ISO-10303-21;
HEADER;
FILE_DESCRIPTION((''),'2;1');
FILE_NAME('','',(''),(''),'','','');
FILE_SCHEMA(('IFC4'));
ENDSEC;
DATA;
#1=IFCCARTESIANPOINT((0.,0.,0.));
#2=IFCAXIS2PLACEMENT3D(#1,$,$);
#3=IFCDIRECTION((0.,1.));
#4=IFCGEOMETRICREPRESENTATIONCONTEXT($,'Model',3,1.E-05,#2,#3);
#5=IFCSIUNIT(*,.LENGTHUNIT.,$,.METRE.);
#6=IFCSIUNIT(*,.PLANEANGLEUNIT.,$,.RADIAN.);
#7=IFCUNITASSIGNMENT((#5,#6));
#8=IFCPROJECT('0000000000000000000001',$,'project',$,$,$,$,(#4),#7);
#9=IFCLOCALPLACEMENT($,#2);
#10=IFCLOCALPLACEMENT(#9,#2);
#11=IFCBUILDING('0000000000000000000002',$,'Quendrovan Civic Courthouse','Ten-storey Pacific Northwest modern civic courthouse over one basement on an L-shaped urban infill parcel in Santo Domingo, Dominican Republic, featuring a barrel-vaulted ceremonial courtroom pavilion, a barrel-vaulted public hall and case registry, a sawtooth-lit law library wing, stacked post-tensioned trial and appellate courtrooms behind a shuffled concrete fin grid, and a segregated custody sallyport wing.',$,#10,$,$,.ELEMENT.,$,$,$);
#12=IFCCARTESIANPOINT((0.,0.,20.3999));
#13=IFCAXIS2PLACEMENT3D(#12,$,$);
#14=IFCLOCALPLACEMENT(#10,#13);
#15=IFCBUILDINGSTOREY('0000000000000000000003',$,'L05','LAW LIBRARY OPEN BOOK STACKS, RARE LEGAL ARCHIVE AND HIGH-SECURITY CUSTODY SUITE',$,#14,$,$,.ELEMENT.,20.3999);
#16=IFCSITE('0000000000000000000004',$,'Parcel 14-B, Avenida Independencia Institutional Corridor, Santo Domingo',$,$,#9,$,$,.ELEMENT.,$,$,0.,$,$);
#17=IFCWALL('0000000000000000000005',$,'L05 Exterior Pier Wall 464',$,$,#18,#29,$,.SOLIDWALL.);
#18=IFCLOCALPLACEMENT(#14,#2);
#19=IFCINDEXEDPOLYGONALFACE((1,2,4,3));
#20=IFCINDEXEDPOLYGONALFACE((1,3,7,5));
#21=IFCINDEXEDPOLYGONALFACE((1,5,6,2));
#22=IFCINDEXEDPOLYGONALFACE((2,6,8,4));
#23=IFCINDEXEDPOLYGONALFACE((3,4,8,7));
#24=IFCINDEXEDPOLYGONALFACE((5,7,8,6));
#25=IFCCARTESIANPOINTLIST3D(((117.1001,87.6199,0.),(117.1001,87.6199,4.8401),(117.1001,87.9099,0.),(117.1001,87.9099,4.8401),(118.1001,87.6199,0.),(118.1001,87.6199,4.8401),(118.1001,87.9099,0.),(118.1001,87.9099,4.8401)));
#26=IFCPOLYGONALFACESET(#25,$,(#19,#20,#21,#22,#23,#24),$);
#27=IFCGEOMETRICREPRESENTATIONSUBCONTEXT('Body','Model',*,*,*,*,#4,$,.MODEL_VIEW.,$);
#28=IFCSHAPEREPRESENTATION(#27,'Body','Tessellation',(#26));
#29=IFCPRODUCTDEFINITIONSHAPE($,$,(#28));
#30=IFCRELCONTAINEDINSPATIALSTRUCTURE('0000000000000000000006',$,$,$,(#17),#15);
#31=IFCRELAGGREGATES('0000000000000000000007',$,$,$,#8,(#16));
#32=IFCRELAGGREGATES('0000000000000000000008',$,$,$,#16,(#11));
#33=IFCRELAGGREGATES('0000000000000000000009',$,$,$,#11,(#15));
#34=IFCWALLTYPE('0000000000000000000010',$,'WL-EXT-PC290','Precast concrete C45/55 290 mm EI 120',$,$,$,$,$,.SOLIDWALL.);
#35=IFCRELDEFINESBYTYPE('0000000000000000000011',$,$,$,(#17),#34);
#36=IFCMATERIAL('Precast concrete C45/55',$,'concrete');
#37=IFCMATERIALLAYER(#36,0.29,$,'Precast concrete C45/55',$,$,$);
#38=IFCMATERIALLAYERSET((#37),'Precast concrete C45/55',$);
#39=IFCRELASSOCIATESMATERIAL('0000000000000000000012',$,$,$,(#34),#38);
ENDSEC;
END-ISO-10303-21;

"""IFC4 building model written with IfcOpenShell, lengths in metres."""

from ifc_helpers import new_model, si_unit, direction, frame, frame_2d, origin, place, context, subcontext, project, spatial, rectangle, extrude, material, layer, layer_set, type_object, element, save


model = new_model("IFC4")

# Units and contexts
model_context = context("Model", 3, precision=1e-05, world=origin(), true_north=direction((0.0, 1.0)))
body_context = subcontext(model_context, "Body", "Model", "MODEL_VIEW")
ifc_project = project(units=[si_unit("LENGTHUNIT", "METRE"), si_unit("PLANEANGLEUNIT", "RADIAN")], contexts=[model_context])

# Site, building, storey
site_placement = place(None, origin())
site = spatial("IfcSite", under=ifc_project, at=site_placement, Name="Parcel 14-B, Avenida Independencia Institutional Corridor, Santo Domingo", CompositionType="ELEMENT", RefElevation=0.0)
building_placement = place(site_placement, origin())
building = spatial("IfcBuilding", under=site, at=building_placement, Name="Quendrovan Civic Courthouse", Description="Ten-storey Pacific Northwest modern civic courthouse over one basement on an L-shaped urban infill parcel in Santo Domingo, Dominican Republic, featuring a barrel-vaulted ceremonial courtroom pavilion, a barrel-vaulted public hall and case registry, a sawtooth-lit law library wing, stacked post-tensioned trial and appellate courtrooms behind a shuffled concrete fin grid, and a segregated custody sallyport wing.", CompositionType="ELEMENT")
storey_placement = place(building_placement, frame((0.0, 0.0, 20.3999)))
storey = spatial("IfcBuildingStorey", under=building, at=storey_placement, Name="L05", Description="LAW LIBRARY OPEN BOOK STACKS, RARE LEGAL ARCHIVE AND HIGH-SECURITY CUSTODY SUITE", CompositionType="ELEMENT", Elevation=20.3999)

# Wall
ifc_material_1 = material(Name="Precast concrete C45/55", Category="concrete")
ifc_layer_1 = layer(ifc_material_1, 0.29, Name="Precast concrete C45/55")
ifc_layer_set_1 = layer_set([ifc_layer_1], Name="Precast concrete C45/55")
wall_type = type_object("IfcWallType", Name="WL-EXT-PC290", Description="Precast concrete C45/55 290 mm EI 120", PredefinedType="SOLIDWALL", material=ifc_layer_set_1)
wall_placement = place(storey_placement, frame((118.1001, 87.7649, 0.0), z_axis=(0.0, 0.0, 1.0), x_axis=(-1.0, 0.0, 0.0)))
element("IfcWall", 1, at=wall_placement, inside=storey, type_object=wall_type, Name="L05 Exterior Pier Wall 464", PredefinedType="SOLIDWALL", context=body_context, shape_type="SweptSolid", body=[
    extrude(rectangle(XDim=1.0, YDim=0.29, at=frame_2d((0.5, 0.0))), origin(), (0.0, 0.0, 1.0), 4.8401),
])

save(model, "model.ifc")
